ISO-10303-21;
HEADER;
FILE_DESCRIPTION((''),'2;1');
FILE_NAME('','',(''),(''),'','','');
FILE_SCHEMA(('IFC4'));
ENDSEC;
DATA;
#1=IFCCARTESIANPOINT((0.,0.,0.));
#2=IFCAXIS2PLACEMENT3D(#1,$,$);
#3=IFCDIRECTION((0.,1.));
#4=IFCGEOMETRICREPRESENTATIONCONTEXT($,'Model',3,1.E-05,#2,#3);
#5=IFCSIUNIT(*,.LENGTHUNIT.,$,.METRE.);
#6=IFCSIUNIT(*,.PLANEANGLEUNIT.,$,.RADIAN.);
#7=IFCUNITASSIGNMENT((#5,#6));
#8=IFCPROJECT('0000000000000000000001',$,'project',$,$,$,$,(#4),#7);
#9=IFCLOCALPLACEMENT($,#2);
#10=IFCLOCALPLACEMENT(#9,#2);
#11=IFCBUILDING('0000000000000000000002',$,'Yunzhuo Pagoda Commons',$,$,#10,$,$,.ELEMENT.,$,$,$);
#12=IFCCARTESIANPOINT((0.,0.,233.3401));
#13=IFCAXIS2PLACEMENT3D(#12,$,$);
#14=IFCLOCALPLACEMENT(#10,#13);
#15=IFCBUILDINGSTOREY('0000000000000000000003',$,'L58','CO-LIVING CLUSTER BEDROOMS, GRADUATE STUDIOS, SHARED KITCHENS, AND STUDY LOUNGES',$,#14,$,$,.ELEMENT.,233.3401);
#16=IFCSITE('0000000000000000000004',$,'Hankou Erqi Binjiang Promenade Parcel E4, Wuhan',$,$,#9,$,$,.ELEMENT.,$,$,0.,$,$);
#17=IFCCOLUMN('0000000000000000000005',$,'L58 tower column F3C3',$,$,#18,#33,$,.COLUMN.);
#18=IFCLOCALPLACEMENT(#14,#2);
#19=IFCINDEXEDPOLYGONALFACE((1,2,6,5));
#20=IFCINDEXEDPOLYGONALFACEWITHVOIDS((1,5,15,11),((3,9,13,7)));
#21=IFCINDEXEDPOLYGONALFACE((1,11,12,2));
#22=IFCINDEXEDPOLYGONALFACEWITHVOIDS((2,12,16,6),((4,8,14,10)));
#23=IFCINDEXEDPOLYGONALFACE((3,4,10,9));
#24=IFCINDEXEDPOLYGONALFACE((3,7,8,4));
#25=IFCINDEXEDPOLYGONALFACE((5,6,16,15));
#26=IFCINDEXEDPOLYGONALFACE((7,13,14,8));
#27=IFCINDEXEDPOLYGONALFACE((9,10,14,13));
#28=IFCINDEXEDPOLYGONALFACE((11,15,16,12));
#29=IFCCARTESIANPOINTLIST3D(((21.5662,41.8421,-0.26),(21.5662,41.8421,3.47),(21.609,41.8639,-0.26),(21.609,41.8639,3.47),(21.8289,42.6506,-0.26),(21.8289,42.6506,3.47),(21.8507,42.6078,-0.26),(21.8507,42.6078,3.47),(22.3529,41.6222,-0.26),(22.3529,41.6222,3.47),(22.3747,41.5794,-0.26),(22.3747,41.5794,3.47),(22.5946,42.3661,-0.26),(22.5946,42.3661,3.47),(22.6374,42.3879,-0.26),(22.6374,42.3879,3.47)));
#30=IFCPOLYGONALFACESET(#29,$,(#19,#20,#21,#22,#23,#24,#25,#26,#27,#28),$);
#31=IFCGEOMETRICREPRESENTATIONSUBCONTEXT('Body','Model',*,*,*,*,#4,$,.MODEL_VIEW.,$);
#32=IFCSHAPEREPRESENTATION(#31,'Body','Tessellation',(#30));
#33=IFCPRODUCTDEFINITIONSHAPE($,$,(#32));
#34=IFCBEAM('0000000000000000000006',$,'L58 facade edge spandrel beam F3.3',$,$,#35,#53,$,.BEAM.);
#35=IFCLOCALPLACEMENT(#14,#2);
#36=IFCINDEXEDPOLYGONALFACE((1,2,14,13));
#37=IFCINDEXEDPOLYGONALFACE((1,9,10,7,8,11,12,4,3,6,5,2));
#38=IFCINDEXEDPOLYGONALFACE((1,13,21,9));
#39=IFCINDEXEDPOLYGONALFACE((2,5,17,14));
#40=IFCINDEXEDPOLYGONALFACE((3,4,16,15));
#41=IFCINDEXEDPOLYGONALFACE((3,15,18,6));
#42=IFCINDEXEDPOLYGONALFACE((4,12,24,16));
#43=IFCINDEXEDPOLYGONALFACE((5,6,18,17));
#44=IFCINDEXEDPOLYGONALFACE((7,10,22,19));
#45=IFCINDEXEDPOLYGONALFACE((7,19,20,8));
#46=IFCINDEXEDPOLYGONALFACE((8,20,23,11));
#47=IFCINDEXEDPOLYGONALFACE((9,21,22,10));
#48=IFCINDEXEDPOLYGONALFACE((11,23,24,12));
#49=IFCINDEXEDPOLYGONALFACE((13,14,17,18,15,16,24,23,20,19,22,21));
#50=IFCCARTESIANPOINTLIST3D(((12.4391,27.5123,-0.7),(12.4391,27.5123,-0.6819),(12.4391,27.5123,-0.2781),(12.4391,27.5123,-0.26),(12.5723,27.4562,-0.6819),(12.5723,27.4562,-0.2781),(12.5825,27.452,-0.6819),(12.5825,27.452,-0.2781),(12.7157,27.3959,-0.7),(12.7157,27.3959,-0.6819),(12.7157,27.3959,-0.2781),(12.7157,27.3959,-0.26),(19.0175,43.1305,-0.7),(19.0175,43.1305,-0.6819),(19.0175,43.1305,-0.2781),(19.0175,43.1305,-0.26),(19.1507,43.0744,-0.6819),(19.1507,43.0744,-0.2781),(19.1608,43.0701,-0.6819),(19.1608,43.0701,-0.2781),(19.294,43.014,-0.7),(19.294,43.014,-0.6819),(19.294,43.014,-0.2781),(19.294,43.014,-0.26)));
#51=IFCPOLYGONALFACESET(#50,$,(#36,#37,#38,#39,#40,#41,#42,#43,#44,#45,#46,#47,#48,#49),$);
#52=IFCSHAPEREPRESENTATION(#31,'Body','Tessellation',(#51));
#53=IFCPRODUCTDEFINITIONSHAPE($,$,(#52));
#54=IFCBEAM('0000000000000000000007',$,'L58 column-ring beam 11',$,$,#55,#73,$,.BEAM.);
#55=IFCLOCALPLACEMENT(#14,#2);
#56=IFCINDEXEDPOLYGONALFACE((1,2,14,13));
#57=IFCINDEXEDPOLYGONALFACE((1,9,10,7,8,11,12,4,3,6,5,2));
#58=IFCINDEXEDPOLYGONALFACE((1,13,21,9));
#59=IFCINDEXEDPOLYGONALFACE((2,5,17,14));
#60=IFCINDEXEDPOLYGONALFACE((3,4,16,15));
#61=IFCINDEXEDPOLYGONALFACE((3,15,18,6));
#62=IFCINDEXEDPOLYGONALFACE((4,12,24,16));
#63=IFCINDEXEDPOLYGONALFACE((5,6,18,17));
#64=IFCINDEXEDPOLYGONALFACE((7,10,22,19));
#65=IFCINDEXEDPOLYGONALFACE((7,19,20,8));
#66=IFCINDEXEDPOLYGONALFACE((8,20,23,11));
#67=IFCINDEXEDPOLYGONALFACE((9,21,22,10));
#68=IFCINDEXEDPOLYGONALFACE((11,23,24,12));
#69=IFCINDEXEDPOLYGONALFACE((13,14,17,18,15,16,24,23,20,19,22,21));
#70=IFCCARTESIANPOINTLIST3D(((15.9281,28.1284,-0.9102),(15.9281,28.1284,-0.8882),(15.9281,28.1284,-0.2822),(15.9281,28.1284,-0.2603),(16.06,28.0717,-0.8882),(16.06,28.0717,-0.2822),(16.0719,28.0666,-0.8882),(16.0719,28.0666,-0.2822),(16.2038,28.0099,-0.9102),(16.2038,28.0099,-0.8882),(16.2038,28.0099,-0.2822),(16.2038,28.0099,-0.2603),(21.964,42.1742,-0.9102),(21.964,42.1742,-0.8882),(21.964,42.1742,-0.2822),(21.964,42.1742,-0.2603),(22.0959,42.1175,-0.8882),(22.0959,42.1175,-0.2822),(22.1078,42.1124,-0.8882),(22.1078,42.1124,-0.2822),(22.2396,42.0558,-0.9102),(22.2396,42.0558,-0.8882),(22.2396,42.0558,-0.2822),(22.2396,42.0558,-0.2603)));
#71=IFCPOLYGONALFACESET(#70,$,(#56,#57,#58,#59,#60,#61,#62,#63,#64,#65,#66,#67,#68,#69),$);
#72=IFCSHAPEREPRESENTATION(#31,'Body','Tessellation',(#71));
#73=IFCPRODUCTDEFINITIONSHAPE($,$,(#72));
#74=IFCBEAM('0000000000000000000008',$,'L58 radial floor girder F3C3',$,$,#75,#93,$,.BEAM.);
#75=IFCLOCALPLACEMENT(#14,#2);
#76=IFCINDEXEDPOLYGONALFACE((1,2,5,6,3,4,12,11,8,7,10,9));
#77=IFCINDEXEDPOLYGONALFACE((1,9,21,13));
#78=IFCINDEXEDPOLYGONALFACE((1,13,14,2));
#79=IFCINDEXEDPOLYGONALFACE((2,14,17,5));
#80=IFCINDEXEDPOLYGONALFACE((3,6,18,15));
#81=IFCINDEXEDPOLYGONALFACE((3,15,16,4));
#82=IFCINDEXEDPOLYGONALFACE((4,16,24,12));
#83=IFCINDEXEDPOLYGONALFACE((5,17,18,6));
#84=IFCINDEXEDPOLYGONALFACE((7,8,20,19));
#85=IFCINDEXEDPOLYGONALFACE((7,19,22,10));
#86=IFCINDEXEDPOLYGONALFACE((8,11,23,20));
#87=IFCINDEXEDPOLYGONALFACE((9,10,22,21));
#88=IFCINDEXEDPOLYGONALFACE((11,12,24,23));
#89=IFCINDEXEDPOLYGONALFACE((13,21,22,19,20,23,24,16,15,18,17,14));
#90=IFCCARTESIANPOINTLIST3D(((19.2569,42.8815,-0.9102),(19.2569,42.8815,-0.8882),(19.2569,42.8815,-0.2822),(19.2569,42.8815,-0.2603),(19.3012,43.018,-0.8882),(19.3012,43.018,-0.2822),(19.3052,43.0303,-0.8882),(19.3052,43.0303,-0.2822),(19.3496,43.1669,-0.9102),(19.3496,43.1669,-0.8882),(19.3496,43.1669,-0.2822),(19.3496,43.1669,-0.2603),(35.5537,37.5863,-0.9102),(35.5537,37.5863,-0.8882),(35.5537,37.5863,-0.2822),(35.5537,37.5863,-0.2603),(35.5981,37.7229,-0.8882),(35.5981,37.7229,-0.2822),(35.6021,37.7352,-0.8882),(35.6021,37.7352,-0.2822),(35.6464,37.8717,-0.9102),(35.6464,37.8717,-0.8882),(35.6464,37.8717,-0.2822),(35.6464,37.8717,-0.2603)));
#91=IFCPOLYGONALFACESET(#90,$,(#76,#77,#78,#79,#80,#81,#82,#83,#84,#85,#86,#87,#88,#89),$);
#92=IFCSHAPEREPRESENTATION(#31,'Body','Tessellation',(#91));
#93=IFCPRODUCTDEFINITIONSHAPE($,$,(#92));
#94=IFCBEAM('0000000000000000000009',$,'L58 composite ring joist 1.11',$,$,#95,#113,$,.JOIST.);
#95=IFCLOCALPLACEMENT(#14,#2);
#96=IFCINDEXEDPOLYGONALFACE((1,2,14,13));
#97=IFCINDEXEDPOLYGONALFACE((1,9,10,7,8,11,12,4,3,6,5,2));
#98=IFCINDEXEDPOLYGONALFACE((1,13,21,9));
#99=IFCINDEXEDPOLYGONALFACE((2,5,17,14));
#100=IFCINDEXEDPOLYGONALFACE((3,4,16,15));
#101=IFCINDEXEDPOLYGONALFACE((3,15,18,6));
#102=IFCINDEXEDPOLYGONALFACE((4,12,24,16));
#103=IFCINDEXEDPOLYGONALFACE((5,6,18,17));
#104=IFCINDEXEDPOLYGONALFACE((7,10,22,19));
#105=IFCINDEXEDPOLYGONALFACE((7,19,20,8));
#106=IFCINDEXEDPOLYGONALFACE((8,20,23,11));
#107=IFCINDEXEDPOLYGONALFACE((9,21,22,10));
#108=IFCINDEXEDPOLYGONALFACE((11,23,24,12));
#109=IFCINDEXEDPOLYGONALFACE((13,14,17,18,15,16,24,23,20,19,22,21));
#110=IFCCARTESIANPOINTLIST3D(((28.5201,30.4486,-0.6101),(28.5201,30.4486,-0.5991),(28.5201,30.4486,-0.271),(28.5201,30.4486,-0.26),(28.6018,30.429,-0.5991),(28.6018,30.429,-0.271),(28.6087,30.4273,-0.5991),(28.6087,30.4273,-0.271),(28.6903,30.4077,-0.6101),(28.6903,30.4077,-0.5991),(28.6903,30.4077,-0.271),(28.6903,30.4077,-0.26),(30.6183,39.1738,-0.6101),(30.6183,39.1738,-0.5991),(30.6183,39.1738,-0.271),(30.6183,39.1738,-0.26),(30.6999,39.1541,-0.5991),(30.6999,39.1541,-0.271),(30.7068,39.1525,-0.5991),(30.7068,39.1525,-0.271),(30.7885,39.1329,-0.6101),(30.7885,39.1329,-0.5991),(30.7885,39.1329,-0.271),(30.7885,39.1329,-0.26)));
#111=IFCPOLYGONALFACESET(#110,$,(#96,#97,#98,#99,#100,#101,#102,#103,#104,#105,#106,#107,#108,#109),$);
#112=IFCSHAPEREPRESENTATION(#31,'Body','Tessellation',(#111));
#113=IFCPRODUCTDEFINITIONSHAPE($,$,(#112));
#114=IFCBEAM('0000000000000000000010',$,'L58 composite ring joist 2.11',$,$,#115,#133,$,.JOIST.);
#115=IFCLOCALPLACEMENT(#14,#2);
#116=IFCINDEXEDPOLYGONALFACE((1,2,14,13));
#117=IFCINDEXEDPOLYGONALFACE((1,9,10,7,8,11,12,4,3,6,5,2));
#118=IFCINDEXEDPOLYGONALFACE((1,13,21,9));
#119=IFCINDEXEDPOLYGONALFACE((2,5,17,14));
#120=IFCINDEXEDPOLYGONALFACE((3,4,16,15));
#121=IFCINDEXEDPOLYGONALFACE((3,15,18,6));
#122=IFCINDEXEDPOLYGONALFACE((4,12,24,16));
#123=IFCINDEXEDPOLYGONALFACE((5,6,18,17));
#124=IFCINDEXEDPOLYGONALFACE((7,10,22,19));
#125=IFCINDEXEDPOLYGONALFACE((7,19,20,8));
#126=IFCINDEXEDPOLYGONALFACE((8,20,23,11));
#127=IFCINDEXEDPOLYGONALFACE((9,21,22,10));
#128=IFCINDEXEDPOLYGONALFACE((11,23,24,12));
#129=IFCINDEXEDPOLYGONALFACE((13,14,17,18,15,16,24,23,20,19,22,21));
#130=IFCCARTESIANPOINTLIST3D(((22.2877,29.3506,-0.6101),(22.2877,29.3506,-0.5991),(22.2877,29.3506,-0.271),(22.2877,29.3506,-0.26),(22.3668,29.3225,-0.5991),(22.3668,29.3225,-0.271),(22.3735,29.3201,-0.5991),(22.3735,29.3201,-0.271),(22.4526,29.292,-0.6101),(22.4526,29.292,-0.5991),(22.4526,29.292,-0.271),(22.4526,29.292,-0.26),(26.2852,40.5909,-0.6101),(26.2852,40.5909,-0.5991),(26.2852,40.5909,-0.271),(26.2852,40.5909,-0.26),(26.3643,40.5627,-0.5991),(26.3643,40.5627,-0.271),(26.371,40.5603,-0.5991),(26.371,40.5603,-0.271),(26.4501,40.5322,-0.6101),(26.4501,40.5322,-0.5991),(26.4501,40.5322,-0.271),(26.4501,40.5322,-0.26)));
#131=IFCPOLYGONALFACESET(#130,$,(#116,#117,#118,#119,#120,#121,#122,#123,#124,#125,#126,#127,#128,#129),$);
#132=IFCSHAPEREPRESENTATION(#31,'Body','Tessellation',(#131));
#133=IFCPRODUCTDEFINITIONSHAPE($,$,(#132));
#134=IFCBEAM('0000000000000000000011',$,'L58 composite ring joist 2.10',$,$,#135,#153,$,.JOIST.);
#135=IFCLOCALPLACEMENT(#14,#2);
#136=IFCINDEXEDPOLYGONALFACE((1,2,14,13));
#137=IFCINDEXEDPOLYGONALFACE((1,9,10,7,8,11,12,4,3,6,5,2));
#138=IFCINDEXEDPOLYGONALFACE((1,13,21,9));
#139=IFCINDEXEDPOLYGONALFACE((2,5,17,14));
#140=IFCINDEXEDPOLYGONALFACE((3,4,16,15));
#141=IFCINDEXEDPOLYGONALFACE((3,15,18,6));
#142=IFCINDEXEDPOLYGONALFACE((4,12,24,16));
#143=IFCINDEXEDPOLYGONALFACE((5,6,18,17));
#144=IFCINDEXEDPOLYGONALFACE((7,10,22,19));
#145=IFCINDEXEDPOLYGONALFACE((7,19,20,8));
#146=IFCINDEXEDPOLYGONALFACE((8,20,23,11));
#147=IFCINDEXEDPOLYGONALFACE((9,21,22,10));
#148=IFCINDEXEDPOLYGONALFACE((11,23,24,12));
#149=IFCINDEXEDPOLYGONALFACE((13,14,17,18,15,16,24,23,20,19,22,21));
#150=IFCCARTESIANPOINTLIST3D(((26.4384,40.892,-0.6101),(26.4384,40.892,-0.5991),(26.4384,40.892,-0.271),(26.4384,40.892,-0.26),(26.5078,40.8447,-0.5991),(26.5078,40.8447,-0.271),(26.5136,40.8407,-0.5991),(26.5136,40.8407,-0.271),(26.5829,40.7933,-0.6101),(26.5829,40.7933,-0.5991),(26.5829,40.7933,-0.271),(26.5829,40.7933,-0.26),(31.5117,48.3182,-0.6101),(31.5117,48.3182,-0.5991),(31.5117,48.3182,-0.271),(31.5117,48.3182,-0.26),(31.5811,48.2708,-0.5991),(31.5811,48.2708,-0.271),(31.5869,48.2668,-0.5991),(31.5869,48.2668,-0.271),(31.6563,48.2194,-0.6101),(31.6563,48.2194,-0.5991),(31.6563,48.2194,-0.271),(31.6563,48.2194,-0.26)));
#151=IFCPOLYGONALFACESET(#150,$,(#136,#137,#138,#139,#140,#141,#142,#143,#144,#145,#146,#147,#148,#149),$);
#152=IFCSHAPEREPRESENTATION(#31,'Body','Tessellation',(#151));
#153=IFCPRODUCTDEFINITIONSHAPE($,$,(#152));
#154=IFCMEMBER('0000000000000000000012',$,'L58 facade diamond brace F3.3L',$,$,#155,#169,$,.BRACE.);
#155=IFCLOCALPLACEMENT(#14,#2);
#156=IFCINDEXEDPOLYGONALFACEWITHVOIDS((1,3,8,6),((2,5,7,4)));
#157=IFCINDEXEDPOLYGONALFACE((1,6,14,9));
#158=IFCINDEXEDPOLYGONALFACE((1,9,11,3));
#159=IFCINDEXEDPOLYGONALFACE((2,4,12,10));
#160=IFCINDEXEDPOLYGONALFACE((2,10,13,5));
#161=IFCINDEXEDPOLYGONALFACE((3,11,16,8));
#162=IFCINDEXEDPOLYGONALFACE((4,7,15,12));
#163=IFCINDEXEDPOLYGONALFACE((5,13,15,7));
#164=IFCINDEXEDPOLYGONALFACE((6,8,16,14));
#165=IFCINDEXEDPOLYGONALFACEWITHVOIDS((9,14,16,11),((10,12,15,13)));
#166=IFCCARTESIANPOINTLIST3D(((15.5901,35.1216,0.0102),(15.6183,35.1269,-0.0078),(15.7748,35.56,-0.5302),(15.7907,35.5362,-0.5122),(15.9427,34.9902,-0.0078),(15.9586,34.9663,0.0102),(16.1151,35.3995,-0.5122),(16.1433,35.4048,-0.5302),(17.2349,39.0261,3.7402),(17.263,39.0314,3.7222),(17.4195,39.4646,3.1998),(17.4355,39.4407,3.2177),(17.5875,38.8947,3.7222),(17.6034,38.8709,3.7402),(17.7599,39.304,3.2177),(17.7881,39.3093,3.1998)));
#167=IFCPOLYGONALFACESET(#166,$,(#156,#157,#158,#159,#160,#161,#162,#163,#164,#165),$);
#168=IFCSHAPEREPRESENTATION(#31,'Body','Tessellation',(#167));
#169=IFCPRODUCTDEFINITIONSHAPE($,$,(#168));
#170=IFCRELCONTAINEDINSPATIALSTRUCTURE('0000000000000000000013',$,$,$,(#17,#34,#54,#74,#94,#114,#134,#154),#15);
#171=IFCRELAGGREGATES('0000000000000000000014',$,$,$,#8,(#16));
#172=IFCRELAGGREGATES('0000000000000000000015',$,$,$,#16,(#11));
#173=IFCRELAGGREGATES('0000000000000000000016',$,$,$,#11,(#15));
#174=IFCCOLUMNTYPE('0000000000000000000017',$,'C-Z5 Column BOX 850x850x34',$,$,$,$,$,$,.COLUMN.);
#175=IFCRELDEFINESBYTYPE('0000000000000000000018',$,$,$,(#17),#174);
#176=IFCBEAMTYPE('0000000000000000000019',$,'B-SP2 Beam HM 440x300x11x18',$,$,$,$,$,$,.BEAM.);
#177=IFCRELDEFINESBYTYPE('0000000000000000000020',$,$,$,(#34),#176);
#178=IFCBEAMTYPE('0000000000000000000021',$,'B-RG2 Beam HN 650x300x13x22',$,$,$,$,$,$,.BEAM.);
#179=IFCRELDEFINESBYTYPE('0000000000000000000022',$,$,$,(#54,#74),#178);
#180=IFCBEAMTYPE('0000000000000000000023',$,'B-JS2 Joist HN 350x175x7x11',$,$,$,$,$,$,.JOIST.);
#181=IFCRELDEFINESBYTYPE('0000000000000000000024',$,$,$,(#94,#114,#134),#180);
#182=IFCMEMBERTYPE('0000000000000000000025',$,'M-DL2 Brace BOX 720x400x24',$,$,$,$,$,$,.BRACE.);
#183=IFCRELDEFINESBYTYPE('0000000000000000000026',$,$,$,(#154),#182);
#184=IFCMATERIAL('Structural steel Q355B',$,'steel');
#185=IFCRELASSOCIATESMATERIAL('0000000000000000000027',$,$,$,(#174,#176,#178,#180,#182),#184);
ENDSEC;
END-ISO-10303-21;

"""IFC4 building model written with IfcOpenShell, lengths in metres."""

from ifc_helpers import new_model, si_unit, direction, frame, origin, origin_2d, place, context, subcontext, project, spatial, hollow_rectangle, i_section, extrude, source, transform, mapped, material, material_profile, profile_set, type_object, element, save


model = new_model("IFC4")

# Units and contexts
model_context = context("Model", 3, precision=1e-05, world=origin(), true_north=direction((0.0, 1.0)))
body_context = subcontext(model_context, "Body", "Model", "MODEL_VIEW")
ifc_project = project(units=[si_unit("LENGTHUNIT", "METRE"), si_unit("PLANEANGLEUNIT", "RADIAN")], contexts=[model_context])

# Site, building, storey
site_placement = place(None, origin())
site = spatial("IfcSite", under=ifc_project, at=site_placement, Name="Hankou Erqi Binjiang Promenade Parcel E4, Wuhan", CompositionType="ELEMENT", RefElevation=0.0)
building_placement = place(site_placement, origin())
building = spatial("IfcBuilding", under=site, at=building_placement, Name="Yunzhuo Pagoda Commons", CompositionType="ELEMENT")
storey_placement = place(building_placement, frame((0.0, 0.0, 233.3401)))
storey = spatial("IfcBuildingStorey", under=building, at=storey_placement, Name="L58", Description="CO-LIVING CLUSTER BEDROOMS, GRADUATE STUDIOS, SHARED KITCHENS, AND STUDY LOUNGES", CompositionType="ELEMENT", Elevation=233.3401)

# Column
ifc_material_1 = material(Name="Structural steel Q355B", Category="steel")
ifc_material_profile_1 = material_profile(ifc_material_1, hollow_rectangle(XDim=0.8501, YDim=0.8501, WallThickness=0.0339, at=origin_2d()), Name="Structural steel Q355B")
ifc_profile_set_1 = profile_set([ifc_material_profile_1], Name="Structural steel Q355B")
column_type = type_object("IfcColumnType", Name="C-Z5 Column BOX 850x850x34", PredefinedType="COLUMN", material=ifc_profile_set_1)
shared_shape_1 = source(origin(), body_context, "Body", "SweptSolid", [
    extrude(hollow_rectangle(XDim=0.8501, YDim=0.8501, WallThickness=0.0339, at=origin_2d()), origin(), (0.0, 0.0, 1.0), 3.73),
])
column_placement = place(storey_placement, frame((22.1018, 42.115, -0.26), z_axis=(0.0, 0.0, 1.0), x_axis=(-0.309017, -0.951057, 0.0)))
element("IfcColumn", 1, at=column_placement, inside=storey, type_object=column_type, Name="L58 tower column F3C3", PredefinedType="COLUMN", context=body_context, shape_type="MappedRepresentation", body=[
    mapped(shared_shape_1, transform((0.0, 0.0, 0.0), scale=1.0)),
])

# Beams
ifc_material_profile_2 = material_profile(ifc_material_1, i_section(OverallWidth=0.3, OverallDepth=0.4399, WebThickness=0.011, FlangeThickness=0.0181, at=origin_2d()), Name="Structural steel Q355B")
ifc_profile_set_2 = profile_set([ifc_material_profile_2], Name="Structural steel Q355B")
beam_type_1 = type_object("IfcBeamType", Name="B-SP2 Beam HM 440x300x11x18", PredefinedType="BEAM", material=ifc_profile_set_2)
shared_shape_2 = source(origin(), body_context, "Body", "SweptSolid", [
    extrude(i_section(OverallWidth=0.3, OverallDepth=0.4399, WebThickness=0.011, FlangeThickness=0.0181, at=origin_2d()), origin(), (0.0, 0.0, 1.0), 16.947),
])
beam_1_placement = place(storey_placement, frame((19.1558, 43.0723, -0.48), z_axis=(-0.388172, -0.921587, 0.0), x_axis=(0.921587, -0.388172, 0.0)))
element("IfcBeam", 2, at=beam_1_placement, inside=storey, type_object=beam_type_1, Name="L58 facade edge spandrel beam F3.3", PredefinedType="BEAM", context=body_context, shape_type="MappedRepresentation", body=[
    mapped(shared_shape_2, transform((0.0, 0.0, 0.0), scale=1.0)),
])
ifc_material_profile_3 = material_profile(ifc_material_1, i_section(OverallWidth=0.3, OverallDepth=0.6499, WebThickness=0.0129, FlangeThickness=0.022, at=origin_2d()), Name="Structural steel Q355B")
ifc_profile_set_3 = profile_set([ifc_material_profile_3], Name="Structural steel Q355B")
beam_type_2 = type_object("IfcBeamType", Name="B-RG2 Beam HN 650x300x13x22", PredefinedType="BEAM", material=ifc_profile_set_3)
shared_shape_3 = source(origin(), body_context, "Body", "SweptSolid", [
    extrude(i_section(OverallWidth=0.3, OverallDepth=0.6499, WebThickness=0.0129, FlangeThickness=0.022, at=origin_2d()), origin(), (0.0, 0.0, 1.0), 15.2878),
])
beam_2_placement = place(storey_placement, frame((22.1018, 42.115, -0.5852), z_axis=(-0.394815, -0.91876, 0.0), x_axis=(0.91876, -0.394815, 0.0)))
element("IfcBeam", 3, at=beam_2_placement, inside=storey, type_object=beam_type_2, Name="L58 column-ring beam 11", PredefinedType="BEAM", context=body_context, shape_type="MappedRepresentation", body=[
    mapped(shared_shape_3, transform((0.0, 0.0, 0.0), scale=1.0)),
])
shared_shape_4 = source(origin(), body_context, "Body", "SweptSolid", [
    extrude(i_section(OverallWidth=0.3, OverallDepth=0.6499, WebThickness=0.0129, FlangeThickness=0.022, at=origin_2d()), origin(), (0.0, 0.0, 1.0), 17.1355),
])
beam_3_placement = place(storey_placement, frame((19.3032, 43.0242, -0.5852), z_axis=(0.951057, -0.309016, 0.0), x_axis=(0.309016, 0.951057, 0.0)))
element("IfcBeam", 4, at=beam_3_placement, inside=storey, type_object=beam_type_2, Name="L58 radial floor girder F3C3", PredefinedType="BEAM", context=body_context, shape_type="MappedRepresentation", body=[
    mapped(shared_shape_4, transform((0.0, 0.0, 0.0), scale=1.0)),
])
ifc_material_profile_4 = material_profile(ifc_material_1, i_section(OverallWidth=0.175, OverallDepth=0.3501, WebThickness=0.0071, FlangeThickness=0.011, at=origin_2d()), Name="Structural steel Q355B")
ifc_profile_set_4 = profile_set([ifc_material_profile_4], Name="Structural steel Q355B")
beam_type_3 = type_object("IfcBeamType", Name="B-JS2 Joist HN 350x175x7x11", PredefinedType="JOIST", material=ifc_profile_set_4)
shared_shape_5 = source(origin(), body_context, "Body", "SweptSolid", [
    extrude(i_section(OverallWidth=0.175, OverallDepth=0.3501, WebThickness=0.0071, FlangeThickness=0.011, at=origin_2d()), origin(), (0.0, 0.0, 1.0), 8.9739),
])
beam_4_placement = place(storey_placement, frame((30.7034, 39.1533, -0.4351), z_axis=(-0.233807, -0.972283, 0.0), x_axis=(0.972283, -0.233807, 0.0)))
element("IfcBeam", 5, at=beam_4_placement, inside=storey, type_object=beam_type_3, Name="L58 composite ring joist 1.11", PredefinedType="JOIST", context=body_context, shape_type="MappedRepresentation", body=[
    mapped(shared_shape_5, transform((0.0, 0.0, 0.0), scale=1.0)),
])
shared_shape_6 = source(origin(), body_context, "Body", "SweptSolid", [
    extrude(i_section(OverallWidth=0.175, OverallDepth=0.3501, WebThickness=0.0071, FlangeThickness=0.011, at=origin_2d()), origin(), (0.0, 0.0, 1.0), 11.9299),
])
beam_5_placement = place(storey_placement, frame((26.3677, 40.5615, -0.4351), z_axis=(-0.335086, -0.942187, 0.0), x_axis=(0.942187, -0.335086, 0.0)))
element("IfcBeam", 6, at=beam_5_placement, inside=storey, type_object=beam_type_3, Name="L58 composite ring joist 2.11", PredefinedType="JOIST", context=body_context, shape_type="MappedRepresentation", body=[
    mapped(shared_shape_6, transform((0.0, 0.0, 0.0), scale=1.0)),
])
shared_shape_7 = source(origin(), body_context, "Body", "SweptSolid", [
    extrude(i_section(OverallWidth=0.175, OverallDepth=0.3501, WebThickness=0.0071, FlangeThickness=0.011, at=origin_2d()), origin(), (0.0, 0.0, 1.0), 8.9937),
])
beam_6_placement = place(storey_placement, frame((31.584, 48.2688, -0.4351), z_axis=(-0.564099, -0.825707, 0.0), x_axis=(0.825707, -0.564099, 0.0)))
element("IfcBeam", 7, at=beam_6_placement, inside=storey, type_object=beam_type_3, Name="L58 composite ring joist 2.10", PredefinedType="JOIST", context=body_context, shape_type="MappedRepresentation", body=[
    mapped(shared_shape_7, transform((0.0, 0.0, 0.0), scale=1.0)),
])

# Member
ifc_material_profile_5 = material_profile(ifc_material_1, hollow_rectangle(XDim=0.3999, YDim=0.72, WallThickness=0.0239, at=origin_2d()), Name="Structural steel Q355B")
ifc_profile_set_5 = profile_set([ifc_material_profile_5], Name="Structural steel Q355B")
member_type_1 = type_object("IfcMemberType", Name="M-DL2 Brace BOX 720x400x24", PredefinedType="BRACE", material=ifc_profile_set_5)
shared_shape_8 = source(origin(), body_context, "Body", "SweptSolid", [
    extrude(hollow_rectangle(XDim=0.3999, YDim=0.72, WallThickness=0.0239, at=origin_2d()), origin(), (0.0, 0.0, 1.0), 5.6448),
])
for number, where, z_axis, x_axis, name in (
    (8, (15.8667, 35.2632, -0.26), (0.29138, 0.691709, 0.660785), (-0.921571, 0.388209, 0.0), "L58 facade diamond brace F3.3L"),
):
    element("IfcMember", number, at=place(storey_placement, frame(where, z_axis=z_axis, x_axis=x_axis)), inside=storey, type_object=member_type_1, Name=name, PredefinedType="BRACE", context=body_context, shape_type="MappedRepresentation", body=[
        mapped(shared_shape_8, transform((0.0, 0.0, 0.0), scale=1.0)),
    ])

save(model, "model.ifc")
